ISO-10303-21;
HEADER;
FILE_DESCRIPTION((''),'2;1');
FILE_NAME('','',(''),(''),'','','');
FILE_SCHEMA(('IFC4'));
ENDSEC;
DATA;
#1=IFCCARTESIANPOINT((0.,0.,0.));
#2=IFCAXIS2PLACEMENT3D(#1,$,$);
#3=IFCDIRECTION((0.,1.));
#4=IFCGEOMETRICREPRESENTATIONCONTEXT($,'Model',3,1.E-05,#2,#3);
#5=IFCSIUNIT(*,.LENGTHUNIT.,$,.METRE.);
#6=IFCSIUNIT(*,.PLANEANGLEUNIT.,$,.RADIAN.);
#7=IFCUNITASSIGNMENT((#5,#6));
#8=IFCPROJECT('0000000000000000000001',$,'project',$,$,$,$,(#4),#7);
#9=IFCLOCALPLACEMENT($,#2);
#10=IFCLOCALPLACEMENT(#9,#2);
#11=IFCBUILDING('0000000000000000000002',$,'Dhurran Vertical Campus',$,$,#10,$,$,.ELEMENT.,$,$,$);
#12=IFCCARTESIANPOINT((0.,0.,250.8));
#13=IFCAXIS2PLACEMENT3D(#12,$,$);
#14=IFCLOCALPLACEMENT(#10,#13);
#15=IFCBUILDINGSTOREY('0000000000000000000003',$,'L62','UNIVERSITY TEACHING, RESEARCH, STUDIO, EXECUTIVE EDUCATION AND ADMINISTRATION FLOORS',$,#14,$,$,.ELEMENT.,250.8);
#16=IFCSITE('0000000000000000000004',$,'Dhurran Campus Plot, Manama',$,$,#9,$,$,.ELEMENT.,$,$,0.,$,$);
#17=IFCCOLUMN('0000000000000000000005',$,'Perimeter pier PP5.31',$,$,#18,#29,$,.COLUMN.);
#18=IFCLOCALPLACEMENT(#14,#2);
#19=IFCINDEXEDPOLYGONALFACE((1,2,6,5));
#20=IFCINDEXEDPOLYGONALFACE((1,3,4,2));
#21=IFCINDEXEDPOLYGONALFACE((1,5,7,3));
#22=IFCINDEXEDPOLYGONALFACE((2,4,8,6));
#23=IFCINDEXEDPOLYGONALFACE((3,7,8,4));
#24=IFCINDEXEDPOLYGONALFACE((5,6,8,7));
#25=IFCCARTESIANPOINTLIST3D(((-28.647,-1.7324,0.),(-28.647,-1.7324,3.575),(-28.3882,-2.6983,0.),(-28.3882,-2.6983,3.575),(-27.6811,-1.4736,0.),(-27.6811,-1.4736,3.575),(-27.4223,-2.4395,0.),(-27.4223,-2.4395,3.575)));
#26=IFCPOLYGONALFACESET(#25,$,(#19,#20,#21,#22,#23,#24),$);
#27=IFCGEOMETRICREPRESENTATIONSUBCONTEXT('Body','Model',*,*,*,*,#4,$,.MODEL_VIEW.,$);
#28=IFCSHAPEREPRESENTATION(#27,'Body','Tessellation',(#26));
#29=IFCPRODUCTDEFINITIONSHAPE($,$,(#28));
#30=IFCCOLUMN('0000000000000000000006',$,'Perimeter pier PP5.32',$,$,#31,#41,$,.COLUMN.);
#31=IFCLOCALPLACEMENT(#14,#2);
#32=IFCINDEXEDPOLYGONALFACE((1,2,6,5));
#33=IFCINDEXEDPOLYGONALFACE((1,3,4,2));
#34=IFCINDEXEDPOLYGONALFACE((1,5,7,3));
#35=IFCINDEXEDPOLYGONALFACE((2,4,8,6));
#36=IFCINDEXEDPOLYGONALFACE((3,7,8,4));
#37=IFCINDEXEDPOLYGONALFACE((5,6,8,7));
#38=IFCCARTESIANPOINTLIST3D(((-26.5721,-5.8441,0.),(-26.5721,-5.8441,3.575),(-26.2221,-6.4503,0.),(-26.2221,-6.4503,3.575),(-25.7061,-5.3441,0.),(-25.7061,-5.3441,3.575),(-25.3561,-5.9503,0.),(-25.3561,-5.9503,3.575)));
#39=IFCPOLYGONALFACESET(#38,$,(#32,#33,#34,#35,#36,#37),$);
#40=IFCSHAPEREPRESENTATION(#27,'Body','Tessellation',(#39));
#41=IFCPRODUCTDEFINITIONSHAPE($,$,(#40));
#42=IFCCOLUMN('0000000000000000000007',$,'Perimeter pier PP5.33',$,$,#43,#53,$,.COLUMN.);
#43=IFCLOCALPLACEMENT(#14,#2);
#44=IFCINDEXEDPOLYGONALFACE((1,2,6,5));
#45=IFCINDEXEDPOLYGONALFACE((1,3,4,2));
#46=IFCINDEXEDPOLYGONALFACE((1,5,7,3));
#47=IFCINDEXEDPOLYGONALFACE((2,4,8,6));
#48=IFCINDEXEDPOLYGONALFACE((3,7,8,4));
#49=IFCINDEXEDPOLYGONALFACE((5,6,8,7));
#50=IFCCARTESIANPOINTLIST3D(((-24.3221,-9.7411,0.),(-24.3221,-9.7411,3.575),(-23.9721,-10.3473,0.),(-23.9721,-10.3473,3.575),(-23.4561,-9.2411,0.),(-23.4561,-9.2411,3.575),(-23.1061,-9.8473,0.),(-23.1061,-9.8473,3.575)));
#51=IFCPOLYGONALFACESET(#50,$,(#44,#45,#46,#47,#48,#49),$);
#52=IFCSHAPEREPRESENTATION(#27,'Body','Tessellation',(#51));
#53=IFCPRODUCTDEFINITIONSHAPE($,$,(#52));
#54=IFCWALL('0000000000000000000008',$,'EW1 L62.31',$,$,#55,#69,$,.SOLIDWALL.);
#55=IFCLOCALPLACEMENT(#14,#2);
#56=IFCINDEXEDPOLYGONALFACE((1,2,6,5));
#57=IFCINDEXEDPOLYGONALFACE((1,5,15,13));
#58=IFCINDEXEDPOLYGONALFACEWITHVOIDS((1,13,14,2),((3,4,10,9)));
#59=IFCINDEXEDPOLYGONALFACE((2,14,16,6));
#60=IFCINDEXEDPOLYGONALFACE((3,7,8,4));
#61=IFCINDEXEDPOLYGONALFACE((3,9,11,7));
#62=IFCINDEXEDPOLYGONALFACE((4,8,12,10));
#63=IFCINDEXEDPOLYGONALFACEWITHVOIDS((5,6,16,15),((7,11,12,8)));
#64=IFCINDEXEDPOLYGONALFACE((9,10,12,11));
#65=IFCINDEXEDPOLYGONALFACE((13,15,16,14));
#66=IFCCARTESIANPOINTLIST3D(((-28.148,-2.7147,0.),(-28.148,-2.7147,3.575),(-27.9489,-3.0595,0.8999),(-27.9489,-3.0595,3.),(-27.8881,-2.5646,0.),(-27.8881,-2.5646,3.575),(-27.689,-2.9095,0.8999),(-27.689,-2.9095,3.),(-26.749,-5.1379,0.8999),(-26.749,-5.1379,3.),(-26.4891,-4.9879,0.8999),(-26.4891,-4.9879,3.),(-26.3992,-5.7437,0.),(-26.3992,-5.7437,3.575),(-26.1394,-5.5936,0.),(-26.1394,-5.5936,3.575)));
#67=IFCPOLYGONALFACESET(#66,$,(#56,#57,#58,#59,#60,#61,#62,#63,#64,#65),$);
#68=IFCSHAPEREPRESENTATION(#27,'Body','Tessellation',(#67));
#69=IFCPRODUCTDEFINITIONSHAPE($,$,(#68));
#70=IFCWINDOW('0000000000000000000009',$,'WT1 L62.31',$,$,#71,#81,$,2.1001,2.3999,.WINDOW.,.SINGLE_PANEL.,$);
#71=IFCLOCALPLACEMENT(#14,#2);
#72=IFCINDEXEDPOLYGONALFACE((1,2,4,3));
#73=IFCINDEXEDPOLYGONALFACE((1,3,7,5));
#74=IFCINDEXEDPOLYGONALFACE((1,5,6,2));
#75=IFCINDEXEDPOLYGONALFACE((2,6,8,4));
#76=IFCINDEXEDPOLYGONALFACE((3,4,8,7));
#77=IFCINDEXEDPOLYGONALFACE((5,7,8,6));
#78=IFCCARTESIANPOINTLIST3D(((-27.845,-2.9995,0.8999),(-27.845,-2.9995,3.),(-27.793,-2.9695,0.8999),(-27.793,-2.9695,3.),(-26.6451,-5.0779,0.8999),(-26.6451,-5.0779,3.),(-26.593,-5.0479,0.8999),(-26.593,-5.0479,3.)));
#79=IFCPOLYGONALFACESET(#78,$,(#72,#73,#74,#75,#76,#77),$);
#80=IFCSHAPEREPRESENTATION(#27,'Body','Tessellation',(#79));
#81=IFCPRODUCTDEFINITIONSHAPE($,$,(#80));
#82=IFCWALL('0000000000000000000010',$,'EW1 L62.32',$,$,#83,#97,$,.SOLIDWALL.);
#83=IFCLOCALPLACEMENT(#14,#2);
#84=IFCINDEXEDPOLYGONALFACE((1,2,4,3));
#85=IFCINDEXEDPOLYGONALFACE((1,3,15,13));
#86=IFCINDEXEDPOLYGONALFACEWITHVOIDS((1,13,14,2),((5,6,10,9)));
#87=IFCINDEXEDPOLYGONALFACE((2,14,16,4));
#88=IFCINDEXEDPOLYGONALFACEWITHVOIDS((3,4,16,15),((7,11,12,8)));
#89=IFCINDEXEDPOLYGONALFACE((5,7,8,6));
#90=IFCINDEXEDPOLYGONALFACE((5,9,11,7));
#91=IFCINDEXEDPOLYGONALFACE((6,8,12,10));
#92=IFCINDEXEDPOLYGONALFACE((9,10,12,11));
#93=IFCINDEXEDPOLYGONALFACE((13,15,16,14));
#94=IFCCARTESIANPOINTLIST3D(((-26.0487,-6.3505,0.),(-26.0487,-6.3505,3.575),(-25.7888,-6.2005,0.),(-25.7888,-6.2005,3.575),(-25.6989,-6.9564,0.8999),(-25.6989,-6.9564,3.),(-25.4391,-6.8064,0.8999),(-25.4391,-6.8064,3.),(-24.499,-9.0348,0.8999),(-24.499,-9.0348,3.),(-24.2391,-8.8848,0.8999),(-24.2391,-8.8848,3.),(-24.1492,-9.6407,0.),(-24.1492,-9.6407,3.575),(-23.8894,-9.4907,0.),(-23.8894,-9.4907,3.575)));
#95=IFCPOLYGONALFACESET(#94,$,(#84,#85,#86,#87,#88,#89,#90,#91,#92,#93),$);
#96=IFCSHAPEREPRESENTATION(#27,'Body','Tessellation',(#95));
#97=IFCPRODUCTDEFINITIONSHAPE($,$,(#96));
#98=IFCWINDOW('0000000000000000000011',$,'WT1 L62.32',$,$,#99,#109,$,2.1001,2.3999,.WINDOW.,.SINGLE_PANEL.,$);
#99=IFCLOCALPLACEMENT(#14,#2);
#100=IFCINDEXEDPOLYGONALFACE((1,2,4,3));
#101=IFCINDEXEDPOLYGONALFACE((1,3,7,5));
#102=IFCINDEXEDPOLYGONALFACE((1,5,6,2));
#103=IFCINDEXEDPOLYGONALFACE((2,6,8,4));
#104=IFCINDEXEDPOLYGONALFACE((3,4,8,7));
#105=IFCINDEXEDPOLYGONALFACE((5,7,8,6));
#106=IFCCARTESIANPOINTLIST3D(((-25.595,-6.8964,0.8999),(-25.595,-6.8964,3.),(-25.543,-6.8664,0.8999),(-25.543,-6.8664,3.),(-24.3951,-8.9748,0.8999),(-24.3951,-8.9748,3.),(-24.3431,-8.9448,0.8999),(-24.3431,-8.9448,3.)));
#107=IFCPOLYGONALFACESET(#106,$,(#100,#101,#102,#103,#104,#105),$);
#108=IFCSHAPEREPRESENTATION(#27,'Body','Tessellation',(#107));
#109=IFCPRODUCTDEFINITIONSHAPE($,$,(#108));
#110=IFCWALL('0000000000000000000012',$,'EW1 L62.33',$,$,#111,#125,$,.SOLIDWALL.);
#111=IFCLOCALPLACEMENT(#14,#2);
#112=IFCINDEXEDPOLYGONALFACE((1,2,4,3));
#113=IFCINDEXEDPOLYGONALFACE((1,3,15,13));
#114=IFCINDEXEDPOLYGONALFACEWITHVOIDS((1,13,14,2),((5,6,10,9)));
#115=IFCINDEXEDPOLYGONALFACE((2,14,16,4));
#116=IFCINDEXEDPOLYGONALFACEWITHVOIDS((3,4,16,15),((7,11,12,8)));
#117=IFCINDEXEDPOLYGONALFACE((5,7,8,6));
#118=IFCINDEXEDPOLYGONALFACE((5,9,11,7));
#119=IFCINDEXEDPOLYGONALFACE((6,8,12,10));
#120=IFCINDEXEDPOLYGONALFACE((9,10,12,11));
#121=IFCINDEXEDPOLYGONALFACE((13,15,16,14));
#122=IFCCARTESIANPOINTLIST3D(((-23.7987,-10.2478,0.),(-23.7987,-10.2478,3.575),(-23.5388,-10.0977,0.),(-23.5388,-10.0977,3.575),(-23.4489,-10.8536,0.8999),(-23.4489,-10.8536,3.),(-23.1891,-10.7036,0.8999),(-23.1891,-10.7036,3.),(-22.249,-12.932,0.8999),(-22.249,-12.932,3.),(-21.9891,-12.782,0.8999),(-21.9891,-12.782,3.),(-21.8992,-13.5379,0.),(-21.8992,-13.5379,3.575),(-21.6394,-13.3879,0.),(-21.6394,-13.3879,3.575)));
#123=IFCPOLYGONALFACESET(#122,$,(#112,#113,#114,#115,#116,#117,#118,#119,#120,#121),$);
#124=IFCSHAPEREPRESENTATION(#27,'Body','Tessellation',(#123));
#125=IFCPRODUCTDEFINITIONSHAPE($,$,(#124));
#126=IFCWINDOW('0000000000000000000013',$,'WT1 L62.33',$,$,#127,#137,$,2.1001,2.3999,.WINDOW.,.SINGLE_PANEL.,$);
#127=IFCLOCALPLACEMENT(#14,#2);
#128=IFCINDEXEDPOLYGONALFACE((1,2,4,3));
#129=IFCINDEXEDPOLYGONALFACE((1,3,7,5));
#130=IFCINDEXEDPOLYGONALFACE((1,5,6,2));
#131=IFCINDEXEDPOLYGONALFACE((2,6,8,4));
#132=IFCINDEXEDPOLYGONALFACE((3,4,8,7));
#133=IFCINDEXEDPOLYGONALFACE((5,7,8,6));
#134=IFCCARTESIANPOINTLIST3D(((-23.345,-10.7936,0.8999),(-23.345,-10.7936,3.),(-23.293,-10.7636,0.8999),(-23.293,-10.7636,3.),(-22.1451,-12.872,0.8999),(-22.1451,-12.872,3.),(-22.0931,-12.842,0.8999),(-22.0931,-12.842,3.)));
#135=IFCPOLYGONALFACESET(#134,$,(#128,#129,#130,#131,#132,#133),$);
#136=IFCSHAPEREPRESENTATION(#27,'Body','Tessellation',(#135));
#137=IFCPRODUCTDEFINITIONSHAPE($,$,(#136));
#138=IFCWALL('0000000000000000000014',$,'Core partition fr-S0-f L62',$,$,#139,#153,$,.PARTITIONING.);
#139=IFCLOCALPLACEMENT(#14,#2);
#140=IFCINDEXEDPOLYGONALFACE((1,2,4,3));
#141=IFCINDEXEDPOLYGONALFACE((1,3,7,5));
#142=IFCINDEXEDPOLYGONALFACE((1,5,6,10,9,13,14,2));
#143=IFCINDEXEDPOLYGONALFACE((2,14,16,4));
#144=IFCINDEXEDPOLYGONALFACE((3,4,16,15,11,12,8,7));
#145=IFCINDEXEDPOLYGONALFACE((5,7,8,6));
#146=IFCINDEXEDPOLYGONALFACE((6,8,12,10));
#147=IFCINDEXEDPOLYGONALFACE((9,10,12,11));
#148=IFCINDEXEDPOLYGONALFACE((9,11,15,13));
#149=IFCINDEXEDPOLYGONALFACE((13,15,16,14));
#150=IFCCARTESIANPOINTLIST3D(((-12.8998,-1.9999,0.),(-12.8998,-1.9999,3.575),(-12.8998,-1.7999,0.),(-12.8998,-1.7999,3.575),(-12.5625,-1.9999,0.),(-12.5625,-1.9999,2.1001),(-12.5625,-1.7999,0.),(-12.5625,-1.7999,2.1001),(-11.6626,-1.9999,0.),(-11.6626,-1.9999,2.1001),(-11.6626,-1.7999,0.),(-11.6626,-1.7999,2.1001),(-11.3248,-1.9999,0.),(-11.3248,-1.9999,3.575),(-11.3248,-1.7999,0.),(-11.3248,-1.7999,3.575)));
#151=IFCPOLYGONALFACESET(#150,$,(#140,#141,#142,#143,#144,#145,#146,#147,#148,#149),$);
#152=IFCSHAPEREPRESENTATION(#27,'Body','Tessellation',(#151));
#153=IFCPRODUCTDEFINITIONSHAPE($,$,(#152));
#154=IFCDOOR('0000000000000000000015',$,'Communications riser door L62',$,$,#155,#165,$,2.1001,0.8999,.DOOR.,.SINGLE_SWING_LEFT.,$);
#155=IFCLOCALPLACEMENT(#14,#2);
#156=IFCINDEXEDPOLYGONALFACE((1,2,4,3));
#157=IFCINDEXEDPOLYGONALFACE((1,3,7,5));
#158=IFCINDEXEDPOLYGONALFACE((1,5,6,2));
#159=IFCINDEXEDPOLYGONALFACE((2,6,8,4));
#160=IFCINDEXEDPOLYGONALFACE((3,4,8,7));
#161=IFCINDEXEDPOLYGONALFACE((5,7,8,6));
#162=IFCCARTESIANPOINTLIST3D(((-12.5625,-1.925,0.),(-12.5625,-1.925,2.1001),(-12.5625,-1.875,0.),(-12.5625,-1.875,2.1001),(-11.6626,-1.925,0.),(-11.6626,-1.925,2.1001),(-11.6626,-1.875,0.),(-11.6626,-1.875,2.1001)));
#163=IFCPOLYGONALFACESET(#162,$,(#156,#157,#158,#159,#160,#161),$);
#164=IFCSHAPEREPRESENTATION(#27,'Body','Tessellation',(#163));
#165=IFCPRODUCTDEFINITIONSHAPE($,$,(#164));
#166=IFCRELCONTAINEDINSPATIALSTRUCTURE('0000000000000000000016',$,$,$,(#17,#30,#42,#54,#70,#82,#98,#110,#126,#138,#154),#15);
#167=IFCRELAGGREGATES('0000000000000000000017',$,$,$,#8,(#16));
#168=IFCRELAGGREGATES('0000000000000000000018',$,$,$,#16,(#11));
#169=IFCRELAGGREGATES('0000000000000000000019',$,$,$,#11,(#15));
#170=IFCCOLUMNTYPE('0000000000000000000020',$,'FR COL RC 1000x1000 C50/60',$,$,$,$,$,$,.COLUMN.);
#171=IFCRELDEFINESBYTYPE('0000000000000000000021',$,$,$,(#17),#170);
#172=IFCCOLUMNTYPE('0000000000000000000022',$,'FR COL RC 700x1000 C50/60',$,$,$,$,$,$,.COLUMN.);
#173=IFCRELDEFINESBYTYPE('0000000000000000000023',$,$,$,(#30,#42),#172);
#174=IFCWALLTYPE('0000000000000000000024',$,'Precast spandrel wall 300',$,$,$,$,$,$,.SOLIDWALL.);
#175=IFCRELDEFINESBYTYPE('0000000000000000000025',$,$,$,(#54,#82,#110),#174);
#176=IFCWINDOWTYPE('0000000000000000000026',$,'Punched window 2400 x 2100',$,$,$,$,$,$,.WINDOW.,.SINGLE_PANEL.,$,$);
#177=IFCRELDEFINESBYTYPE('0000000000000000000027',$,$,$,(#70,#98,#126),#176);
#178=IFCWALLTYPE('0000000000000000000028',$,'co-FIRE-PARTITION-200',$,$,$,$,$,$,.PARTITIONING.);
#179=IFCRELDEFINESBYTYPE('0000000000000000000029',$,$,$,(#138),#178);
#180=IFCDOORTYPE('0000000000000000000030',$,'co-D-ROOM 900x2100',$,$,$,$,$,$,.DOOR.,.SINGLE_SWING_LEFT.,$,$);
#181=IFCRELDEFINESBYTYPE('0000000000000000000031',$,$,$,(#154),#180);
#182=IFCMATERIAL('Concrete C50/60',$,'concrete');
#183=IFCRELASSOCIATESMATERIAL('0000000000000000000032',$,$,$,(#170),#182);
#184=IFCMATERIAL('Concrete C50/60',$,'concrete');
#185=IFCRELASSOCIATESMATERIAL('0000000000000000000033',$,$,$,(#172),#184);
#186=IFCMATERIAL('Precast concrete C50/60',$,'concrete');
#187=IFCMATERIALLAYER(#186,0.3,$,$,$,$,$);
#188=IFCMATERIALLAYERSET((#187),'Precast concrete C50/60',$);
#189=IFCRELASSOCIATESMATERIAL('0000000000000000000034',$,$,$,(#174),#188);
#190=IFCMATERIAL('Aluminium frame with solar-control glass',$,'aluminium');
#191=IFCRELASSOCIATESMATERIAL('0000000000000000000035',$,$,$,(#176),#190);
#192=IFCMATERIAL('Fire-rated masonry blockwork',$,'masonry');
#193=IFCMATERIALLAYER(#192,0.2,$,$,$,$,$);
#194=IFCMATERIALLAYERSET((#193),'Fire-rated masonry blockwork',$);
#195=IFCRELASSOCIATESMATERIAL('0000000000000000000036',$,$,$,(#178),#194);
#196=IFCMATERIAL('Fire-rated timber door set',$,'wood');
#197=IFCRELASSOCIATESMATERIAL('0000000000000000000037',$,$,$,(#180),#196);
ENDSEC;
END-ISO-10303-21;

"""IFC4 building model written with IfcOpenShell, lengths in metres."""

from ifc_helpers import new_model, si_unit, direction, frame, frame_2d, origin, origin_2d, place, context, subcontext, project, spatial, rectangle, extrude, material, layer, layer_set, material_profile, profile_set, type_object, element, fill, save


model = new_model("IFC4")

# Units and contexts
model_context = context("Model", 3, precision=1e-05, world=origin(), true_north=direction((0.0, 1.0)))
body_context = subcontext(model_context, "Body", "Model", "MODEL_VIEW")
ifc_project = project(units=[si_unit("LENGTHUNIT", "METRE"), si_unit("PLANEANGLEUNIT", "RADIAN")], contexts=[model_context])

# Site, building, storey
site_placement = place(None, origin())
site = spatial("IfcSite", under=ifc_project, at=site_placement, Name="Dhurran Campus Plot, Manama", CompositionType="ELEMENT", RefElevation=0.0)
building_placement = place(site_placement, origin())
building = spatial("IfcBuilding", under=site, at=building_placement, Name="Dhurran Vertical Campus", CompositionType="ELEMENT")
storey_placement = place(building_placement, frame((0.0, 0.0, 250.8)))
storey = spatial("IfcBuildingStorey", under=building, at=storey_placement, Name="L62", Description="UNIVERSITY TEACHING, RESEARCH, STUDIO, EXECUTIVE EDUCATION AND ADMINISTRATION FLOORS", CompositionType="ELEMENT", Elevation=250.8)

# Columns
ifc_material_1 = material(Name="Concrete C50/60", Category="concrete")
ifc_material_profile_1 = material_profile(ifc_material_1, rectangle(XDim=1.0, YDim=1.0, at=origin_2d()), Name="RC 1000x1000")
ifc_profile_set_1 = profile_set([ifc_material_profile_1], Name="Concrete C50/60")
column_type_1 = type_object("IfcColumnType", Name="FR COL RC 1000x1000 C50/60", PredefinedType="COLUMN", material=ifc_profile_set_1)
column_placement = place(storey_placement, frame((-28.0347, -2.0859, 0.0), z_axis=(0.0, 0.0, 1.0), x_axis=(0.258819, -0.965926, 0.0)))
element("IfcColumn", 1, at=column_placement, inside=storey, type_object=column_type_1, Name="Perimeter pier PP5.31", PredefinedType="COLUMN", context=body_context, shape_type="SweptSolid", body=[
    extrude(rectangle(XDim=1.0, YDim=1.0, at=origin_2d()), origin(), (0.0, 0.0, 1.0), 3.575),
])
ifc_material_2 = material(Name="Concrete C50/60", Category="concrete")
ifc_material_profile_2 = material_profile(ifc_material_2, rectangle(XDim=0.7, YDim=1.0, at=origin_2d()), Name="RC 700x1000")
ifc_profile_set_2 = profile_set([ifc_material_profile_2], Name="Concrete C50/60")
column_type_2 = type_object("IfcColumnType", Name="FR COL RC 700x1000 C50/60", PredefinedType="COLUMN", material=ifc_profile_set_2)
for number, where, z_axis, x_axis, name in (
    (2, (-25.9641, -5.8972, 0.0), (0.0, 0.0, 1.0), (0.5, -0.866025, 0.0), "Perimeter pier PP5.32"),
    (3, (-23.7141, -9.7942, 0.0), (0.0, 0.0, 1.0), (0.5, -0.866025, 0.0), "Perimeter pier PP5.33"),
):
    element("IfcColumn", number, at=place(storey_placement, frame(where, z_axis=z_axis, x_axis=x_axis)), inside=storey, type_object=column_type_2, Name=name, PredefinedType="COLUMN", context=body_context, shape_type="SweptSolid", body=[
        extrude(rectangle(XDim=0.7, YDim=1.0, at=origin_2d()), origin(), (0.0, 0.0, 1.0), 3.575),
    ])

# Walls, openings, windows
ifc_material_3 = material(Name="Precast concrete C50/60", Category="concrete")
ifc_layer_1 = layer(ifc_material_3, 0.3)
ifc_layer_set_1 = layer_set([ifc_layer_1], Name="Precast concrete C50/60")
wall_type_1 = type_object("IfcWallType", Name="Precast spandrel wall 300", PredefinedType="SOLIDWALL", material=ifc_layer_set_1)
wall_1_placement = place(storey_placement, frame((-28.0181, -2.6396, 0.0), z_axis=(0.0, 0.0, 1.0), x_axis=(0.49999, -0.866031, 0.0)))
wall_1 = element("IfcWall", 4, at=wall_1_placement, inside=storey, type_object=wall_type_1, Name="EW1 L62.31", PredefinedType="SOLIDWALL", context=body_context, shape_type="SweptSolid", body=[
    extrude(rectangle(XDim=3.4976, YDim=0.3, at=frame_2d((1.7488, 0.0))), origin(), (0.0, 0.0, 1.0), 3.575),
])
opening_1_placement = place(wall_1_placement, frame((0.3982, 0.0, 0.8999)))
opening_1 = element("IfcOpeningElement", 5, at=opening_1_placement, cuts=wall_1, PredefinedType="OPENING", context=body_context, shape_type="SweptSolid", body=[
    extrude(rectangle(XDim=2.3999, YDim=2.1001, at=frame_2d((1.2, 1.05))), frame((0.0, 0.1599, 0.0), z_axis=(0.0, -1.0, 0.0), x_axis=(1.0, 0.0, 0.0)), (0.0, 0.0, 1.0), 0.3201),
])
ifc_material_4 = material(Name="Aluminium frame with solar-control glass", Category="aluminium")
window_type = type_object("IfcWindowType", Name="Punched window 2400 x 2100", PartitioningType="SINGLE_PANEL", PredefinedType="WINDOW", material=ifc_material_4)
window_1_placement = place(opening_1_placement, origin())
window_1 = element("IfcWindow", 6, at=window_1_placement, inside=storey, type_object=window_type, Name="WT1 L62.31", OverallHeight=2.1001, OverallWidth=2.3999, PartitioningType="SINGLE_PANEL", PredefinedType="WINDOW", context=body_context, shape_type="SweptSolid", body=[
    extrude(rectangle(XDim=2.3999, YDim=2.1001, at=frame_2d((1.2, 1.05))), frame((0.0, 0.03, 0.0), z_axis=(0.0, -1.0, 0.0), x_axis=(1.0, 0.0, 0.0)), (0.0, 0.0, 1.0), 0.0601),
])
fill(opening_1, window_1)
wall_2_placement = place(storey_placement, frame((-25.9187, -6.2756, 0.0), z_axis=(0.0, 0.0, 1.0), x_axis=(0.499982, -0.866036, 0.0)))
wall_2 = element("IfcWall", 7, at=wall_2_placement, inside=storey, type_object=wall_type_1, Name="EW1 L62.32", PredefinedType="SOLIDWALL", context=body_context, shape_type="SweptSolid", body=[
    extrude(rectangle(XDim=3.7991, YDim=0.3, at=frame_2d((1.8994, 0.0))), origin(), (0.0, 0.0, 1.0), 3.575),
])
opening_2_placement = place(wall_2_placement, frame((0.6995, 0.0, 0.8999)))
opening_2 = element("IfcOpeningElement", 8, at=opening_2_placement, cuts=wall_2, PredefinedType="OPENING", context=body_context, shape_type="SweptSolid", body=[
    extrude(rectangle(XDim=2.3999, YDim=2.1001, at=frame_2d((1.2, 1.05))), frame((0.0, 0.1599, 0.0), z_axis=(0.0, -1.0, 0.0), x_axis=(1.0, 0.0, 0.0)), (0.0, 0.0, 1.0), 0.3201),
])
window_2_placement = place(opening_2_placement, origin())
window_2 = element("IfcWindow", 9, at=window_2_placement, inside=storey, type_object=window_type, Name="WT1 L62.32", OverallHeight=2.1001, OverallWidth=2.3999, PartitioningType="SINGLE_PANEL", PredefinedType="WINDOW", context=body_context, shape_type="SweptSolid", body=[
    extrude(rectangle(XDim=2.3999, YDim=2.1001, at=frame_2d((1.2, 1.05))), frame((0.0, 0.03, 0.0), z_axis=(0.0, -1.0, 0.0), x_axis=(1.0, 0.0, 0.0)), (0.0, 0.0, 1.0), 0.0601),
])
fill(opening_2, window_2)
wall_3_placement = place(storey_placement, frame((-23.6687, -10.1729, 0.0), z_axis=(0.0, 0.0, 1.0), x_axis=(0.499982, -0.866036, 0.0)))
wall_3 = element("IfcWall", 10, at=wall_3_placement, inside=storey, type_object=wall_type_1, Name="EW1 L62.33", PredefinedType="SOLIDWALL", context=body_context, shape_type="SweptSolid", body=[
    extrude(rectangle(XDim=3.7991, YDim=0.3, at=frame_2d((1.8994, 0.0))), origin(), (0.0, 0.0, 1.0), 3.575),
])
opening_3_placement = place(wall_3_placement, frame((0.6995, 0.0, 0.8999)))
opening_3 = element("IfcOpeningElement", 11, at=opening_3_placement, cuts=wall_3, PredefinedType="OPENING", context=body_context, shape_type="SweptSolid", body=[
    extrude(rectangle(XDim=2.3999, YDim=2.1001, at=frame_2d((1.2, 1.05))), frame((0.0, 0.1599, 0.0), z_axis=(0.0, -1.0, 0.0), x_axis=(1.0, 0.0, 0.0)), (0.0, 0.0, 1.0), 0.3201),
])
window_3_placement = place(opening_3_placement, origin())
window_3 = element("IfcWindow", 12, at=window_3_placement, inside=storey, type_object=window_type, Name="WT1 L62.33", OverallHeight=2.1001, OverallWidth=2.3999, PartitioningType="SINGLE_PANEL", PredefinedType="WINDOW", context=body_context, shape_type="SweptSolid", body=[
    extrude(rectangle(XDim=2.3999, YDim=2.1001, at=frame_2d((1.2, 1.05))), frame((0.0, 0.03, 0.0), z_axis=(0.0, -1.0, 0.0), x_axis=(1.0, 0.0, 0.0)), (0.0, 0.0, 1.0), 0.0601),
])
fill(opening_3, window_3)

# Wall, opening, door
ifc_material_5 = material(Name="Fire-rated masonry blockwork", Category="masonry")
ifc_layer_2 = layer(ifc_material_5, 0.2)
ifc_layer_set_2 = layer_set([ifc_layer_2], Name="Fire-rated masonry blockwork")
wall_type_2 = type_object("IfcWallType", Name="co-FIRE-PARTITION-200", PredefinedType="PARTITIONING", material=ifc_layer_set_2)
wall_4_placement = place(storey_placement, frame((-12.8999, -1.8999, 0.0), z_axis=(0.0, 0.0, 1.0), x_axis=(1.0, 0.0, 0.0)))
wall_4 = element("IfcWall", 13, at=wall_4_placement, inside=storey, type_object=wall_type_2, Name="Core partition fr-S0-f L62", PredefinedType="PARTITIONING", context=body_context, shape_type="SweptSolid", body=[
    extrude(rectangle(XDim=1.575, YDim=0.2, at=frame_2d((0.7876, 0.0))), origin(), (0.0, 0.0, 1.0), 3.575),
])
opening_4_placement = place(wall_4_placement, frame((0.3374, 0.0, 0.0)))
opening_4 = element("IfcOpeningElement", 14, at=opening_4_placement, cuts=wall_4, PredefinedType="OPENING", context=body_context, shape_type="SweptSolid", body=[
    extrude(rectangle(XDim=0.8999, YDim=2.1001, at=frame_2d((0.45, 1.05))), frame((0.0, 0.1099, 0.0), z_axis=(0.0, -1.0, 0.0), x_axis=(1.0, 0.0, 0.0)), (0.0, 0.0, 1.0), 0.22),
])
ifc_material_6 = material(Name="Fire-rated timber door set", Category="wood")
door_type_1 = type_object("IfcDoorType", Name="co-D-ROOM 900x2100", OperationType="SINGLE_SWING_LEFT", PredefinedType="DOOR", material=ifc_material_6)
door_1_placement = place(opening_4_placement, origin())
door_1 = element("IfcDoor", 15, at=door_1_placement, inside=storey, type_object=door_type_1, Name="Communications riser door L62", OperationType="SINGLE_SWING_LEFT", OverallHeight=2.1001, OverallWidth=0.8999, PredefinedType="DOOR", context=body_context, shape_type="SweptSolid", body=[
    extrude(rectangle(XDim=0.8999, YDim=2.1001, at=frame_2d((0.45, 1.05))), frame((0.0, 0.0249, 0.0), z_axis=(0.0, -1.0, 0.0), x_axis=(1.0, 0.0, 0.0)), (0.0, 0.0, 1.0), 0.05),
])
fill(opening_4, door_1)

save(model, "model.ifc")
